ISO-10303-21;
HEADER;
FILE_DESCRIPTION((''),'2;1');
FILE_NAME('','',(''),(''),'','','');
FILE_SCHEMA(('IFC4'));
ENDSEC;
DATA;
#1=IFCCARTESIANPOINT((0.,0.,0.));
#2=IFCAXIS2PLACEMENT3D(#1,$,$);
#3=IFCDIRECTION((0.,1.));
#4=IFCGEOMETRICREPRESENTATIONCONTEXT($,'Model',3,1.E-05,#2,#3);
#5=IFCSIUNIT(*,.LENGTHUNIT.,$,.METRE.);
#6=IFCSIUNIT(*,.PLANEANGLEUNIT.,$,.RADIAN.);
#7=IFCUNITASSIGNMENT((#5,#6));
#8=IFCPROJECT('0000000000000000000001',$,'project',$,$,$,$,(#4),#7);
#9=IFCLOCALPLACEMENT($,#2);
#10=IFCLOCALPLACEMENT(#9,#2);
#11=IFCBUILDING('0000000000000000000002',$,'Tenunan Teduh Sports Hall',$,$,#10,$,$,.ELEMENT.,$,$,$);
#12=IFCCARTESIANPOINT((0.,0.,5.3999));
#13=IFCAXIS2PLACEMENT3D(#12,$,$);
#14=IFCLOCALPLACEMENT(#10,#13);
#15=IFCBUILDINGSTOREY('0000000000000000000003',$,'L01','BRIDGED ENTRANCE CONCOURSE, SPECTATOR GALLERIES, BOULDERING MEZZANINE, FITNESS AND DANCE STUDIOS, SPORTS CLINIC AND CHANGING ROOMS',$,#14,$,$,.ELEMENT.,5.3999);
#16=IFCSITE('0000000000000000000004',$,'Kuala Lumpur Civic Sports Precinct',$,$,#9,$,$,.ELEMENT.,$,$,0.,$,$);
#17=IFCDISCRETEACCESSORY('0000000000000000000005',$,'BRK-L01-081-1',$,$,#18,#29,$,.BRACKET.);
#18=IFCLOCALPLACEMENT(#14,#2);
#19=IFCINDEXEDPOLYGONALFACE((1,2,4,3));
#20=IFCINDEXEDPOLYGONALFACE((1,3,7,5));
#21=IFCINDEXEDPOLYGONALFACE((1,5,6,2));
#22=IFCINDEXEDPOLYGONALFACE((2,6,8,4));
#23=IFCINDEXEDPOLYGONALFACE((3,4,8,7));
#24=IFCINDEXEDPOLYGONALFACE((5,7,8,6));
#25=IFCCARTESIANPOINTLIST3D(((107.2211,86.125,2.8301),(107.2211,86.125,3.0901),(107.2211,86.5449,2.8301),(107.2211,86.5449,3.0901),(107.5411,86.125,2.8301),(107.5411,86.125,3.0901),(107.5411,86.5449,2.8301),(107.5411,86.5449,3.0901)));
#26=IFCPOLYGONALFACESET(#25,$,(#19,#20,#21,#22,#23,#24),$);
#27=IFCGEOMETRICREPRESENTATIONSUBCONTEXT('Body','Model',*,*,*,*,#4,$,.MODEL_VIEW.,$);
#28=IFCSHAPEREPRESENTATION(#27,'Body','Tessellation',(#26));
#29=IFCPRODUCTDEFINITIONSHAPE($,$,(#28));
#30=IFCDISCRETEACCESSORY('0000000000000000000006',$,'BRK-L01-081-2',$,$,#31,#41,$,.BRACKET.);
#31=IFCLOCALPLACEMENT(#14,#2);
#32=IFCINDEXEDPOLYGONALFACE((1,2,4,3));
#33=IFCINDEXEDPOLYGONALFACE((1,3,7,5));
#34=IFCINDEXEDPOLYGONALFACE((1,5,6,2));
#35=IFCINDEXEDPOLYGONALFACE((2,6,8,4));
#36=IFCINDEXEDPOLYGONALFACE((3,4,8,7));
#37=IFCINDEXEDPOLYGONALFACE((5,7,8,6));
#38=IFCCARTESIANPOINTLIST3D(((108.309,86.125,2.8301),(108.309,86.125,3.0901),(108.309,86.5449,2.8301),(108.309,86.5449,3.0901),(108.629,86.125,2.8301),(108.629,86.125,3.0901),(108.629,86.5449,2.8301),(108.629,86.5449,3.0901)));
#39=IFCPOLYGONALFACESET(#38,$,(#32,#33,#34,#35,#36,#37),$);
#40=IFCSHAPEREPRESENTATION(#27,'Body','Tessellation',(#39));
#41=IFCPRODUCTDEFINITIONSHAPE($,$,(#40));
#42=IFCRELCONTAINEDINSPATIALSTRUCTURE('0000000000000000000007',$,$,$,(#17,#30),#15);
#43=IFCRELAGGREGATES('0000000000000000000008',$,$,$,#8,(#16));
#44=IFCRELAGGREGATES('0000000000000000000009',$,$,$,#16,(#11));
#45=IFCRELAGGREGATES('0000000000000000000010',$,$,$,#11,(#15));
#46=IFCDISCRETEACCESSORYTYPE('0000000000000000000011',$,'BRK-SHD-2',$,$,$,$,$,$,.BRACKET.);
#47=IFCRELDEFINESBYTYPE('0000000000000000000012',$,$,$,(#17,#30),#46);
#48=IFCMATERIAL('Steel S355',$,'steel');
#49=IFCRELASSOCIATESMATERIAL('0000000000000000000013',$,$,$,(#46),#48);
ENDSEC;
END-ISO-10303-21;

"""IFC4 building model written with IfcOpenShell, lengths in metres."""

from ifc_helpers import new_model, si_unit, direction, frame, origin, origin_2d, place, context, subcontext, project, spatial, rectangle, extrude, material, type_object, element, save


model = new_model("IFC4")

# Units and contexts
model_context = context("Model", 3, precision=1e-05, world=origin(), true_north=direction((0.0, 1.0)))
body_context = subcontext(model_context, "Body", "Model", "MODEL_VIEW")
ifc_project = project(units=[si_unit("LENGTHUNIT", "METRE"), si_unit("PLANEANGLEUNIT", "RADIAN")], contexts=[model_context])

# Site, building, storey
site_placement = place(None, origin())
site = spatial("IfcSite", under=ifc_project, at=site_placement, Name="Kuala Lumpur Civic Sports Precinct", CompositionType="ELEMENT", RefElevation=0.0)
building_placement = place(site_placement, origin())
building = spatial("IfcBuilding", under=site, at=building_placement, Name="Tenunan Teduh Sports Hall", CompositionType="ELEMENT")
storey_placement = place(building_placement, frame((0.0, 0.0, 5.3999)))
storey = spatial("IfcBuildingStorey", under=building, at=storey_placement, Name="L01", Description="BRIDGED ENTRANCE CONCOURSE, SPECTATOR GALLERIES, BOULDERING MEZZANINE, FITNESS AND DANCE STUDIOS, SPORTS CLINIC AND CHANGING ROOMS", CompositionType="ELEMENT", Elevation=5.3999)

# Discrete accessories
ifc_material_1 = material(Name="Steel S355", Category="steel")
discrete_accessory_type_1 = type_object("IfcDiscreteAccessoryType", Name="BRK-SHD-2", PredefinedType="BRACKET", material=ifc_material_1)
for number, where, z_axis, x_axis, name in (
    (1, (107.3811, 86.335, 2.8301), (0.0, 0.0, 1.0), (1.0, 0.0, 0.0), "BRK-L01-081-1"),
    (2, (108.469, 86.335, 2.8301), (0.0, 0.0, 1.0), (1.0, 0.0, 0.0), "BRK-L01-081-2"),
):
    element("IfcDiscreteAccessory", number, at=place(storey_placement, frame(where, z_axis=z_axis, x_axis=x_axis)), inside=storey, type_object=discrete_accessory_type_1, Name=name, PredefinedType="BRACKET", context=body_context, shape_type="SweptSolid", body=[
        extrude(rectangle(XDim=0.3201, YDim=0.4199, at=origin_2d()), origin(), (0.0, 0.0, 1.0), 0.26),
    ])

save(model, "model.ifc")
